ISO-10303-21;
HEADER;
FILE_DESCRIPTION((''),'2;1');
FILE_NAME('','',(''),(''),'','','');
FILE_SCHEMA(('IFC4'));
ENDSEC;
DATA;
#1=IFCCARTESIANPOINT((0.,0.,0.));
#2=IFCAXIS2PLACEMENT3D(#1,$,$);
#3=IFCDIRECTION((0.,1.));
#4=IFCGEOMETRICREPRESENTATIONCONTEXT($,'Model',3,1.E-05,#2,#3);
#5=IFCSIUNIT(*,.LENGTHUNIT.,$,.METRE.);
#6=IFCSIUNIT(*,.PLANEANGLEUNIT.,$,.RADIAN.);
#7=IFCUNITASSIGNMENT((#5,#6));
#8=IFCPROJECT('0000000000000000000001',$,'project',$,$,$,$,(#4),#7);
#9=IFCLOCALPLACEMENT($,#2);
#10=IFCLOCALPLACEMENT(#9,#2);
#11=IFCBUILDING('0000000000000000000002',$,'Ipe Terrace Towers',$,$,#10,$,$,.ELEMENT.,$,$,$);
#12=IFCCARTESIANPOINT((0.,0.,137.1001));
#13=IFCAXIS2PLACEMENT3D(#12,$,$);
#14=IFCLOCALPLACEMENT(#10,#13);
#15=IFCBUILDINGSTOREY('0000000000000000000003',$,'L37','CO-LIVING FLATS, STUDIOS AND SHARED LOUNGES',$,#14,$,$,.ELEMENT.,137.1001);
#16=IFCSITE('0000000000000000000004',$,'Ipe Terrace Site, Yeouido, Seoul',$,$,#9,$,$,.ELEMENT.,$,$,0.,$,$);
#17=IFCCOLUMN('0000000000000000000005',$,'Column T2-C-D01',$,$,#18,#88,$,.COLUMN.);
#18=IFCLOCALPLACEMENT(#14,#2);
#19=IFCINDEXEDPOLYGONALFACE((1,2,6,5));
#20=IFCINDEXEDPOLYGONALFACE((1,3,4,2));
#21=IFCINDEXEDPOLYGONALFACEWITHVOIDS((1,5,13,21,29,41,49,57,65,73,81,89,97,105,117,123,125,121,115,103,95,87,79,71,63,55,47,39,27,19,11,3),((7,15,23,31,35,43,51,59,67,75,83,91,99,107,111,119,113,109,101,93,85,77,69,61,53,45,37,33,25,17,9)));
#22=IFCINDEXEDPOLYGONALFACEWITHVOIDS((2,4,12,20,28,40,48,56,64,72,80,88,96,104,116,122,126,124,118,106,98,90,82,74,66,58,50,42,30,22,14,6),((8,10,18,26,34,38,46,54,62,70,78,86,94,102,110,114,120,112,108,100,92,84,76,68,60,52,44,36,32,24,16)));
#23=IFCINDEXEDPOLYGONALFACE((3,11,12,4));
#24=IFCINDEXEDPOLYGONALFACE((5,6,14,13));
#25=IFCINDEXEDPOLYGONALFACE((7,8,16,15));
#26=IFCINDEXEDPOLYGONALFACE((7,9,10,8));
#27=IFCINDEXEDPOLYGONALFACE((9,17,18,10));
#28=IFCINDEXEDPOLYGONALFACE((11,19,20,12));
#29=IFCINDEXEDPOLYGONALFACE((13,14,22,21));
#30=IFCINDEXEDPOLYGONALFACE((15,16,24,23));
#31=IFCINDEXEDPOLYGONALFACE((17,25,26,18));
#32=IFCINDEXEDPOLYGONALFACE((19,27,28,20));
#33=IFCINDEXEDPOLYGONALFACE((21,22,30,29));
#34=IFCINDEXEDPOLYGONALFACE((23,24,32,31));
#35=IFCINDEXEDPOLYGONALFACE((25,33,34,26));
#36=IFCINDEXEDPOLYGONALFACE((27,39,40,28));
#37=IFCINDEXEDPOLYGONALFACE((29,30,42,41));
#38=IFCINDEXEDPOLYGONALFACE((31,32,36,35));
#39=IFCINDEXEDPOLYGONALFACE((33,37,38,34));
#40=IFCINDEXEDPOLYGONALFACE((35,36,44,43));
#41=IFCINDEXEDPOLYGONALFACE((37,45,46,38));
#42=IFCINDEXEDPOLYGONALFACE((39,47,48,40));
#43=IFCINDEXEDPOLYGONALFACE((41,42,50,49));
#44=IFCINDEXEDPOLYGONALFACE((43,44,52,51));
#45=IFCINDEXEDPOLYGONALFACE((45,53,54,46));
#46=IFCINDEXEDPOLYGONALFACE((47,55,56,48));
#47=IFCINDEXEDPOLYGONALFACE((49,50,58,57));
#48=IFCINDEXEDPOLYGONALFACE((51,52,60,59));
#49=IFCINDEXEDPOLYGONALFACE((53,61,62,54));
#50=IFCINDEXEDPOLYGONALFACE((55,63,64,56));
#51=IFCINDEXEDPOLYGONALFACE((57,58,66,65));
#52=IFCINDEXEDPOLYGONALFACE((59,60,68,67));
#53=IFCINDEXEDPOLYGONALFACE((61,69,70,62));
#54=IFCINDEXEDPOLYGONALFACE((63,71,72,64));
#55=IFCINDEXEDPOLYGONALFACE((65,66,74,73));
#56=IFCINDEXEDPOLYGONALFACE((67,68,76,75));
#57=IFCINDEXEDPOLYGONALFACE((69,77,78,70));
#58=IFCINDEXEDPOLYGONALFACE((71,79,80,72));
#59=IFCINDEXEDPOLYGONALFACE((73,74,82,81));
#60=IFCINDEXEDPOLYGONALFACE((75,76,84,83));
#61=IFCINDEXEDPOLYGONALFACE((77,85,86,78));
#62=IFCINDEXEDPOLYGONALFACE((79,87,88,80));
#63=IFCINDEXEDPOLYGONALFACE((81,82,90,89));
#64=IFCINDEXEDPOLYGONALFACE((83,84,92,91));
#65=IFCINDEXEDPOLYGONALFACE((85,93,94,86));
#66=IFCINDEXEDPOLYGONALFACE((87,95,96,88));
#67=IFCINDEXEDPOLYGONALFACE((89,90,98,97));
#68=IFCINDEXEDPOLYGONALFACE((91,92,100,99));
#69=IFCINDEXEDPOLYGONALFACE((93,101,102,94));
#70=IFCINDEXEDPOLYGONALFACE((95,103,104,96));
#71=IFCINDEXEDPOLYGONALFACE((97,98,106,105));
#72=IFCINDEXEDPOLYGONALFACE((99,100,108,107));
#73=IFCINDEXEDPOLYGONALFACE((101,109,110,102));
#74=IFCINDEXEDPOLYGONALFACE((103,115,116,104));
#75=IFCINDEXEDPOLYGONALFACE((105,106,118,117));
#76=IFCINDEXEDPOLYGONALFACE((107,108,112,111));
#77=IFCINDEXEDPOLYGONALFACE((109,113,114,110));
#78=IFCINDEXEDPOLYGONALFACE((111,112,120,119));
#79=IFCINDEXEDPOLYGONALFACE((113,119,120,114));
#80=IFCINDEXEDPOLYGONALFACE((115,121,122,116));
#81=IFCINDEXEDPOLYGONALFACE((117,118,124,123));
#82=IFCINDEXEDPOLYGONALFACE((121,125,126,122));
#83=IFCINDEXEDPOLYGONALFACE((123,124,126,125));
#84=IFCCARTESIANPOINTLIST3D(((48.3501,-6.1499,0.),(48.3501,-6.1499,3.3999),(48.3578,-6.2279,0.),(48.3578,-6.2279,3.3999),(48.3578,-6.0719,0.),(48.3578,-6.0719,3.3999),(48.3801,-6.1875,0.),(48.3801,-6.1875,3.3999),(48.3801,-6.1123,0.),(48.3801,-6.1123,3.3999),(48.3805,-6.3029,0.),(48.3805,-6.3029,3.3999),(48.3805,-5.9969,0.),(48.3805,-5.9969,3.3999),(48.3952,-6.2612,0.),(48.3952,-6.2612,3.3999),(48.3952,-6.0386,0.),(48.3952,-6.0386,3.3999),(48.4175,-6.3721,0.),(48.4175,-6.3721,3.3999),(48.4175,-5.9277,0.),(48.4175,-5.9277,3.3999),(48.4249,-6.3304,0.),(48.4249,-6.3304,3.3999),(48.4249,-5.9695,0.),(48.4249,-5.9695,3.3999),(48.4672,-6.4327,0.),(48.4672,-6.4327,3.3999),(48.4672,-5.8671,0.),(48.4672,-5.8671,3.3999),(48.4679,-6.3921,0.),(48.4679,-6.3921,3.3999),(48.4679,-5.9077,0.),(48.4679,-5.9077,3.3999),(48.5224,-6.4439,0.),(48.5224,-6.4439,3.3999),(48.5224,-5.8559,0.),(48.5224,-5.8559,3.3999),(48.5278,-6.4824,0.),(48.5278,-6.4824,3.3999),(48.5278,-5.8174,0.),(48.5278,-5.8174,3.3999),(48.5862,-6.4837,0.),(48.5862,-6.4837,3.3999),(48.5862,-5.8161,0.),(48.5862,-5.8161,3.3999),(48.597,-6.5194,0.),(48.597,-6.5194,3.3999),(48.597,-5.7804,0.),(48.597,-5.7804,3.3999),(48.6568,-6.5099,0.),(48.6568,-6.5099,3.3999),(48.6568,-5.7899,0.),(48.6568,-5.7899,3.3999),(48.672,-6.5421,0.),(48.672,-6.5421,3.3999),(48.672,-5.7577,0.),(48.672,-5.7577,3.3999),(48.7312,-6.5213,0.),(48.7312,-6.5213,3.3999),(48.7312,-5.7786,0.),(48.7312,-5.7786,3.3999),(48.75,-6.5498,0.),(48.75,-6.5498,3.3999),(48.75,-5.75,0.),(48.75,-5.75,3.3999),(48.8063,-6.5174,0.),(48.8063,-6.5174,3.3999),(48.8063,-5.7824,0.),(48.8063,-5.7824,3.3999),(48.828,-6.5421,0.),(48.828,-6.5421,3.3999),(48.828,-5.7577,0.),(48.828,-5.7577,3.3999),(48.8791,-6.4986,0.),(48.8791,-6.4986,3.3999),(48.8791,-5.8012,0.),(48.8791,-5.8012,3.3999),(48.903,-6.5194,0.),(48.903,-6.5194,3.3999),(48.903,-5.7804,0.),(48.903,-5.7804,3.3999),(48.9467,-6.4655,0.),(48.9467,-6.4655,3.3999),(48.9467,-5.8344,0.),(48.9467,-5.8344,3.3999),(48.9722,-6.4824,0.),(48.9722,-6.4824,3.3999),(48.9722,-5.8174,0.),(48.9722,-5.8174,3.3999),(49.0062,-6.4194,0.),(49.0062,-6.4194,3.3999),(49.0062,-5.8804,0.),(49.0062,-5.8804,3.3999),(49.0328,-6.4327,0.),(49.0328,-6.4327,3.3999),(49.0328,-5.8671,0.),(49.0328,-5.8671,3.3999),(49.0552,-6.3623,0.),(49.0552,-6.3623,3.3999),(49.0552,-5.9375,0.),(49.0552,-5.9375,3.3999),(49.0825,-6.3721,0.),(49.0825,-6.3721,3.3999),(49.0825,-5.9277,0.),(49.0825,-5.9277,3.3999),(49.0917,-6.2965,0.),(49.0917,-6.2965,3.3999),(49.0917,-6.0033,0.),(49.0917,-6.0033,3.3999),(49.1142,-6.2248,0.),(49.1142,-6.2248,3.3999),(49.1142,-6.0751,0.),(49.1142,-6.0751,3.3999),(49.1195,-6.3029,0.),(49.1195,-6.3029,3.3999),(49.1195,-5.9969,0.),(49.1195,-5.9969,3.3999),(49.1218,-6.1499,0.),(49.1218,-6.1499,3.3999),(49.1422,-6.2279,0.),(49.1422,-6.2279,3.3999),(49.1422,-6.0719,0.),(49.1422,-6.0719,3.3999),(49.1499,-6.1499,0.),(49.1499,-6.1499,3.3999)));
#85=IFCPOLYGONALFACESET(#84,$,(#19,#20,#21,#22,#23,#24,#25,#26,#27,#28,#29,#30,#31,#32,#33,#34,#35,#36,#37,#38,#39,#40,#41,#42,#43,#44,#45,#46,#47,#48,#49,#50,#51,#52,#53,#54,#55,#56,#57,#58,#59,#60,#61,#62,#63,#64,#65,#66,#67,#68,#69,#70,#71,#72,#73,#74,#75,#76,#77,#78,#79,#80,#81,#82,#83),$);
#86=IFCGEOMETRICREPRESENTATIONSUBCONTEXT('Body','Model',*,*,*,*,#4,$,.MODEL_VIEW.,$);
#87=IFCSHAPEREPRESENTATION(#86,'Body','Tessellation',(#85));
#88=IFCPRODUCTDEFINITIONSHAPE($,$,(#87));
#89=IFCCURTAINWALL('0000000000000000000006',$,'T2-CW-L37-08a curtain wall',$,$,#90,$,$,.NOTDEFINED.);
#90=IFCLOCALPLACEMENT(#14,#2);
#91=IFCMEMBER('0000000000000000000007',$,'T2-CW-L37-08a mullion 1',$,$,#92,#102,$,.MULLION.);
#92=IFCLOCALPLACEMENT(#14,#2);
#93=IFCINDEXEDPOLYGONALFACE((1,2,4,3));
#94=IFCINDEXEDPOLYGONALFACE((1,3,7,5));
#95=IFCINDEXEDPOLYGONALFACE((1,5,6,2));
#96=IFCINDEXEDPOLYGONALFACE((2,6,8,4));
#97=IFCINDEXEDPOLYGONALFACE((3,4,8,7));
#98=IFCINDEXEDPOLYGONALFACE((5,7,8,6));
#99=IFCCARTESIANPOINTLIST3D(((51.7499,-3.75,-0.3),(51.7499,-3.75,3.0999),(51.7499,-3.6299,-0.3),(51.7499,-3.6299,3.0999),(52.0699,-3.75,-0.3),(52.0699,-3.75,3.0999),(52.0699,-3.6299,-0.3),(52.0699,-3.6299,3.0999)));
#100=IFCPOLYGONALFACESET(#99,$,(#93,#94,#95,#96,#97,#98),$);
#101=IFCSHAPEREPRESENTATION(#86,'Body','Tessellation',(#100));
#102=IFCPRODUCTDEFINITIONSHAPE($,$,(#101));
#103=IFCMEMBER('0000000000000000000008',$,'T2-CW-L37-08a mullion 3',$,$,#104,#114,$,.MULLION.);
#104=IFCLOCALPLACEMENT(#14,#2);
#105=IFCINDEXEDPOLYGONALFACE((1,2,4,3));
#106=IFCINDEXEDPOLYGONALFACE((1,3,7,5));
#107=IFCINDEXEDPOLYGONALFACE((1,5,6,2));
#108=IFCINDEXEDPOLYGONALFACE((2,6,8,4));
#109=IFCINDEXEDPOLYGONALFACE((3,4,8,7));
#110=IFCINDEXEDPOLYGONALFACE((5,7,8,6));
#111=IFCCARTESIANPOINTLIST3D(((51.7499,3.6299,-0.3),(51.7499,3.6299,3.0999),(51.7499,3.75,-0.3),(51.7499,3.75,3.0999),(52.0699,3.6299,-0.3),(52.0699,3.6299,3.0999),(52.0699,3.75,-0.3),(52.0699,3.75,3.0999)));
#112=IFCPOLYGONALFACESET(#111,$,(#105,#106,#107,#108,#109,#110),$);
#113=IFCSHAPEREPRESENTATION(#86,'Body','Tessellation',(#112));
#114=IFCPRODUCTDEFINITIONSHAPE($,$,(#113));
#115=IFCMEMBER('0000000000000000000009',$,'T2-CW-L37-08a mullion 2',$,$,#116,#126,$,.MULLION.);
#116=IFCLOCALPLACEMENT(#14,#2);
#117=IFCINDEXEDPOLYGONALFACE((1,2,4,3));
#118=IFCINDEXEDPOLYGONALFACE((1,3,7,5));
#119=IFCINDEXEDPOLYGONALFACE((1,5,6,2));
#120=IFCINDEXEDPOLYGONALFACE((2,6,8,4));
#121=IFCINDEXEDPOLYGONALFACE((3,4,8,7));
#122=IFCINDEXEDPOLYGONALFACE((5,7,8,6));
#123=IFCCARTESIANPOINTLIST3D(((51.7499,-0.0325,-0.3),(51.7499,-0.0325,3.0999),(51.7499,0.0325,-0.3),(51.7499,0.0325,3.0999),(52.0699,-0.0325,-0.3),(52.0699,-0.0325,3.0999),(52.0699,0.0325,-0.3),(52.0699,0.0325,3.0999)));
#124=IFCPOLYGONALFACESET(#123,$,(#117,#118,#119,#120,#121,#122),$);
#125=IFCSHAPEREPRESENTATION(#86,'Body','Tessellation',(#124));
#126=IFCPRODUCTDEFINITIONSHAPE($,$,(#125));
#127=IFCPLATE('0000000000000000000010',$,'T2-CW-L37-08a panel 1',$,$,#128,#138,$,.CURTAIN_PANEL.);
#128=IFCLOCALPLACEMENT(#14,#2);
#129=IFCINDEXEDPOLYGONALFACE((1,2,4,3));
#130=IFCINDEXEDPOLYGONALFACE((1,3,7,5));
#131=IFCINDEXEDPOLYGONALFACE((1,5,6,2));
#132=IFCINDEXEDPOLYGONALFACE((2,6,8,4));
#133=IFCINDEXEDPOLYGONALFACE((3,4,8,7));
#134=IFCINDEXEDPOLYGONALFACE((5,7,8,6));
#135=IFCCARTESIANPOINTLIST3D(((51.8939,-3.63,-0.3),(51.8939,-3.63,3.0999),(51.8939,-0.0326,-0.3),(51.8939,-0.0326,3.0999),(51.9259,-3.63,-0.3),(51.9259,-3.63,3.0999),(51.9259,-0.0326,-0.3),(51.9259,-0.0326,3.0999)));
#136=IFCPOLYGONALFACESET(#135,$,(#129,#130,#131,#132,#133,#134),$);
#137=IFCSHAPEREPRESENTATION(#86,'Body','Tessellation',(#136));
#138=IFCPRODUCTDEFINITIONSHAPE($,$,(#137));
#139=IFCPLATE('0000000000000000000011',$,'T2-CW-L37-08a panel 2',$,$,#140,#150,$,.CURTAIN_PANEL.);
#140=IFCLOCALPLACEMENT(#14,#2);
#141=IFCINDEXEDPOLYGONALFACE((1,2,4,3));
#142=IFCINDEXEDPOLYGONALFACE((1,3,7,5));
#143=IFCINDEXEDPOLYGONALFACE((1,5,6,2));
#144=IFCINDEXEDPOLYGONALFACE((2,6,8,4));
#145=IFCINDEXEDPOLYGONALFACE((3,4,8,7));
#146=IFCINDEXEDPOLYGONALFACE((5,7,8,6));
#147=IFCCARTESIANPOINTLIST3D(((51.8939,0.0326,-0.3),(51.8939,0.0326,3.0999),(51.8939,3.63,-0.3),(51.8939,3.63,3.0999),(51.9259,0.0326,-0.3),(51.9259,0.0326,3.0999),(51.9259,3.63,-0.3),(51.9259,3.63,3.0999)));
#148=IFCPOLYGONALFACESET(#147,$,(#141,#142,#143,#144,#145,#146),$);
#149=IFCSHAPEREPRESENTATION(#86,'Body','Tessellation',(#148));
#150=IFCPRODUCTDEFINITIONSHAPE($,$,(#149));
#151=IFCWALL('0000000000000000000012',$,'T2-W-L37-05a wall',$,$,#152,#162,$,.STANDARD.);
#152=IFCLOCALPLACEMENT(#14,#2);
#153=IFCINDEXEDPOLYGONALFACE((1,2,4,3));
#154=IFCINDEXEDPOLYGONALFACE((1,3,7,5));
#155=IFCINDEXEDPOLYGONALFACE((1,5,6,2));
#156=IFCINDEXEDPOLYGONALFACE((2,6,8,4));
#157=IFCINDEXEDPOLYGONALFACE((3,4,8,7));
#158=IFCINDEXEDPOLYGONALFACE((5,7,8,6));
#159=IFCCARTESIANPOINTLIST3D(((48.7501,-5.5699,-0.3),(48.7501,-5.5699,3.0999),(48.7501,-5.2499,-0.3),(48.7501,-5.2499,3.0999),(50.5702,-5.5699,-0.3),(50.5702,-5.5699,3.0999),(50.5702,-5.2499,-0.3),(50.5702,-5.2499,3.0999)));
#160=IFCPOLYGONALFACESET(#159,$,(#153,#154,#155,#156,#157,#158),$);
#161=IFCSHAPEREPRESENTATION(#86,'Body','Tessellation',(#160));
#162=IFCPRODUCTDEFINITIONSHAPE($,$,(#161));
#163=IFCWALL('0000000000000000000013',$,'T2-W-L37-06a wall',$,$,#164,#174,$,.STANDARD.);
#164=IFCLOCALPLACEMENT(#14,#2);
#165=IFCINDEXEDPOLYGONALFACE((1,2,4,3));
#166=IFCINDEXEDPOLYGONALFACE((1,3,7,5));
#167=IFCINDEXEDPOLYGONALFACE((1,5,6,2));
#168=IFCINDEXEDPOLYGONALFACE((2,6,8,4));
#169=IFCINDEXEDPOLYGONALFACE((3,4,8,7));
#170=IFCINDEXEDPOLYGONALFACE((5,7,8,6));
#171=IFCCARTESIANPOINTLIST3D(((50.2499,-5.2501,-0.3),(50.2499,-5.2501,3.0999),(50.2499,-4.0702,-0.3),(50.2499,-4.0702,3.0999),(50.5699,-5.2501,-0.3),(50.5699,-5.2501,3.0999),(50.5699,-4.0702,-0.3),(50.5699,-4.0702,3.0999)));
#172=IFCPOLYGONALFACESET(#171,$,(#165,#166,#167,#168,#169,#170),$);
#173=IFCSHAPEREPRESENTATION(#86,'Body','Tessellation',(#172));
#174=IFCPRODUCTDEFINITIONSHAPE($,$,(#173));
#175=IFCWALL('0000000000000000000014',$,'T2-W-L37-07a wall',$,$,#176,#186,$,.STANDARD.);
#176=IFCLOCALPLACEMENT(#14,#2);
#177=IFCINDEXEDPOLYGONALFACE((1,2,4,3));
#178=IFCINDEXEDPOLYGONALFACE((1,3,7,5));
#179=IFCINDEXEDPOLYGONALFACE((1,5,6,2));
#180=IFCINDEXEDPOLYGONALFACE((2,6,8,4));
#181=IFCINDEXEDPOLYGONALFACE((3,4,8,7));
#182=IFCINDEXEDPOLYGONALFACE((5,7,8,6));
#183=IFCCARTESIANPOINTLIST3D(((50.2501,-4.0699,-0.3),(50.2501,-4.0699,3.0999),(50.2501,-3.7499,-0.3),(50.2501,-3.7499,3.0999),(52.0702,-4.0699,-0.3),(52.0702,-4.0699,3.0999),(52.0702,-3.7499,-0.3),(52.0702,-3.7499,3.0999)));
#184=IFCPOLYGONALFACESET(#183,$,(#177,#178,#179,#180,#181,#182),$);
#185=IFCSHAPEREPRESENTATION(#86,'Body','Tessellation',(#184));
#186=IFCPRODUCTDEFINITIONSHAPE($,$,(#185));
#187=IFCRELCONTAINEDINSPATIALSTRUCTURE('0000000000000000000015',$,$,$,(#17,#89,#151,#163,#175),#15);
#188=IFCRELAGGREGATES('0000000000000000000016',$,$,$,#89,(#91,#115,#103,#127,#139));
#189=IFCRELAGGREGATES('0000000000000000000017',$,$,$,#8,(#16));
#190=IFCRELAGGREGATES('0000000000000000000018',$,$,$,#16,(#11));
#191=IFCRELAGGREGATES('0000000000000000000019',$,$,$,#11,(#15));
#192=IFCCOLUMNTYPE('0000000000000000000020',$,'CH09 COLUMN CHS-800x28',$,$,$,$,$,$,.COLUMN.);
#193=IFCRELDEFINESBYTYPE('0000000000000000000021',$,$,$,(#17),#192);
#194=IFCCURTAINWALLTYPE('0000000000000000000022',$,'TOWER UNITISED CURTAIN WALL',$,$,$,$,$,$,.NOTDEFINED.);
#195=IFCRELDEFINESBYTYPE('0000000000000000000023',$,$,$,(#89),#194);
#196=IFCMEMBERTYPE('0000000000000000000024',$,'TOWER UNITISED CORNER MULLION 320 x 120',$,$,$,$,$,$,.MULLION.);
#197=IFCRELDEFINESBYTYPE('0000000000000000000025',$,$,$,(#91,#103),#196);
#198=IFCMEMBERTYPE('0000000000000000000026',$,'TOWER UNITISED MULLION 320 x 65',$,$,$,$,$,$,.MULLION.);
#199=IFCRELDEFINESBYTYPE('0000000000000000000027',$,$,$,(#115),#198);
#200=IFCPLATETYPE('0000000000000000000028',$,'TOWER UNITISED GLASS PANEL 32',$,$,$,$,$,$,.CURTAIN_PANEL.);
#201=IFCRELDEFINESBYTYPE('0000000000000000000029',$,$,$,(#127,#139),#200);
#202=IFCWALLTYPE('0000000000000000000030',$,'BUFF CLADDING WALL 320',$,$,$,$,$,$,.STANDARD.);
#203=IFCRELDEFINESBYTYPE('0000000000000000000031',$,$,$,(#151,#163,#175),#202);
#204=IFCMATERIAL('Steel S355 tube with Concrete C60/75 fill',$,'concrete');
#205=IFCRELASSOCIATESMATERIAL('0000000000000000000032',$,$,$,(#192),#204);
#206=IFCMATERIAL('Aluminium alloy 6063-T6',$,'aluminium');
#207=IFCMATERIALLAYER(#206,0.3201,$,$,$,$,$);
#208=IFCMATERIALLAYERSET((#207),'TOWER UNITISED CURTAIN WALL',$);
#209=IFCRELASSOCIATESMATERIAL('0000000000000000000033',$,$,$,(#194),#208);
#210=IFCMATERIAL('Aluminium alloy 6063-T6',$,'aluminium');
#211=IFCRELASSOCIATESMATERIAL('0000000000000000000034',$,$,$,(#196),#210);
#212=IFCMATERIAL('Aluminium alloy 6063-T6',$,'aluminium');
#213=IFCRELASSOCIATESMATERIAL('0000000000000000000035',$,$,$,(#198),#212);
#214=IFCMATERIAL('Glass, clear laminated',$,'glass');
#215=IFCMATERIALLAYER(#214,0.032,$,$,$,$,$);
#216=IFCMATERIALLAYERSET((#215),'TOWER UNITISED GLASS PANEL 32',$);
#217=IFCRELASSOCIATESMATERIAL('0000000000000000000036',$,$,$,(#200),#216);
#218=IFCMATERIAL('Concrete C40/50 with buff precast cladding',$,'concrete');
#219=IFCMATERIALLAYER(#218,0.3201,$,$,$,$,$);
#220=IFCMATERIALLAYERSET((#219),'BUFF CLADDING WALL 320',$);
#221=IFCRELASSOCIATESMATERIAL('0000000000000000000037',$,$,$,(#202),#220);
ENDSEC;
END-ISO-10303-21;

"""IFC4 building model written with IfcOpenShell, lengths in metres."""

from ifc_helpers import new_model, si_unit, direction, frame, frame_2d, origin, origin_2d, place, context, subcontext, project, spatial, rectangle, hollow_circle, extrude, material, layer, layer_set, material_profile, profile_set, type_object, element, aggregate, save


model = new_model("IFC4")

# Units and contexts
model_context = context("Model", 3, precision=1e-05, world=origin(), true_north=direction((0.0, 1.0)))
body_context = subcontext(model_context, "Body", "Model", "MODEL_VIEW")
ifc_project = project(units=[si_unit("LENGTHUNIT", "METRE"), si_unit("PLANEANGLEUNIT", "RADIAN")], contexts=[model_context])

# Site, building, storey
site_placement = place(None, origin())
site = spatial("IfcSite", under=ifc_project, at=site_placement, Name="Ipe Terrace Site, Yeouido, Seoul", CompositionType="ELEMENT", RefElevation=0.0)
building_placement = place(site_placement, origin())
building = spatial("IfcBuilding", under=site, at=building_placement, Name="Ipe Terrace Towers", CompositionType="ELEMENT")
storey_placement = place(building_placement, frame((0.0, 0.0, 137.1001)))
storey = spatial("IfcBuildingStorey", under=building, at=storey_placement, Name="L37", Description="CO-LIVING FLATS, STUDIOS AND SHARED LOUNGES", CompositionType="ELEMENT", Elevation=137.1001)

# Column
ifc_material_1 = material(Name="Steel S355 tube with Concrete C60/75 fill", Category="concrete")
ifc_material_profile_1 = material_profile(ifc_material_1, hollow_circle(Radius=0.3999, WallThickness=0.0281, at=origin_2d()), Name="CHS-800x28")
ifc_profile_set_1 = profile_set([ifc_material_profile_1], Name="Steel S355 tube with Concrete C60/75 fill")
column_type = type_object("IfcColumnType", Name="CH09 COLUMN CHS-800x28", PredefinedType="COLUMN", material=ifc_profile_set_1)
column_placement = place(storey_placement, frame((48.75, -6.1499, 0.0), z_axis=(0.0, 0.0, 1.0), x_axis=(1.0, 0.0, 0.0)))
element("IfcColumn", 1, at=column_placement, inside=storey, type_object=column_type, Name="Column T2-C-D01", PredefinedType="COLUMN", context=body_context, shape_type="SweptSolid", body=[
    extrude(hollow_circle(Radius=0.3999, WallThickness=0.0281, at=origin_2d()), origin(), (0.0, 0.0, 1.0), 3.3999),
])

# Curtain wall, members, plates
ifc_material_2 = material(Name="Aluminium alloy 6063-T6", Category="aluminium")
ifc_layer_1 = layer(ifc_material_2, 0.3201)
ifc_layer_set_1 = layer_set([ifc_layer_1], Name="TOWER UNITISED CURTAIN WALL")
curtain_wall_type = type_object("IfcCurtainWallType", Name="TOWER UNITISED CURTAIN WALL", PredefinedType="NOTDEFINED", material=ifc_layer_set_1)
curtain_wall_placement = place(storey_placement, origin())
curtain_wall = element("IfcCurtainWall", 2, at=curtain_wall_placement, inside=storey, type_object=curtain_wall_type, Name="T2-CW-L37-08a curtain wall", PredefinedType="NOTDEFINED")
ifc_material_3 = material(Name="Aluminium alloy 6063-T6", Category="aluminium")
ifc_material_profile_2 = material_profile(ifc_material_3, rectangle(XDim=0.3201, YDim=0.1201, at=origin_2d()), Name="TOWER UNITISED CORNER MULLION 320 x 120")
ifc_profile_set_2 = profile_set([ifc_material_profile_2], Name="Aluminium alloy 6063-T6")
member_type_1 = type_object("IfcMemberType", Name="TOWER UNITISED CORNER MULLION 320 x 120", PredefinedType="MULLION", material=ifc_profile_set_2)
member_1_placement = place(storey_placement, frame((51.9099, -3.6899, -0.3), z_axis=(0.0, 0.0, 1.0), x_axis=(1.0, 0.0, 0.0)))
member_1 = element("IfcMember", 3, at=member_1_placement, type_object=member_type_1, Name="T2-CW-L37-08a mullion 1", PredefinedType="MULLION", context=body_context, shape_type="SweptSolid", body=[
    extrude(rectangle(XDim=0.3201, YDim=0.1201, at=origin_2d()), origin(), (0.0, 0.0, 1.0), 3.3999),
])
member_2_placement = place(storey_placement, frame((51.9099, 3.6899, -0.3), z_axis=(0.0, 0.0, 1.0), x_axis=(1.0, 0.0, 0.0)))
member_2 = element("IfcMember", 4, at=member_2_placement, type_object=member_type_1, Name="T2-CW-L37-08a mullion 3", PredefinedType="MULLION", context=body_context, shape_type="SweptSolid", body=[
    extrude(rectangle(XDim=0.3201, YDim=0.1201, at=origin_2d()), origin(), (0.0, 0.0, 1.0), 3.3999),
])
ifc_material_4 = material(Name="Aluminium alloy 6063-T6", Category="aluminium")
ifc_material_profile_3 = material_profile(ifc_material_4, rectangle(XDim=0.3201, YDim=0.0649, at=origin_2d()), Name="TOWER UNITISED MULLION 320 x 65")
ifc_profile_set_3 = profile_set([ifc_material_profile_3], Name="Aluminium alloy 6063-T6")
member_type_2 = type_object("IfcMemberType", Name="TOWER UNITISED MULLION 320 x 65", PredefinedType="MULLION", material=ifc_profile_set_3)
member_3_placement = place(storey_placement, frame((51.9099, 0.0, -0.3), z_axis=(0.0, 0.0, 1.0), x_axis=(1.0, 0.0, 0.0)))
member_3 = element("IfcMember", 5, at=member_3_placement, type_object=member_type_2, Name="T2-CW-L37-08a mullion 2", PredefinedType="MULLION", context=body_context, shape_type="SweptSolid", body=[
    extrude(rectangle(XDim=0.3201, YDim=0.0649, at=origin_2d()), origin(), (0.0, 0.0, 1.0), 3.3999),
])
ifc_material_5 = material(Name="Glass, clear laminated", Category="glass")
ifc_layer_2 = layer(ifc_material_5, 0.032)
ifc_layer_set_2 = layer_set([ifc_layer_2], Name="TOWER UNITISED GLASS PANEL 32")
plate_type = type_object("IfcPlateType", Name="TOWER UNITISED GLASS PANEL 32", PredefinedType="CURTAIN_PANEL", material=ifc_layer_set_2)
plate_1_placement = place(storey_placement, frame((51.9099, -1.8313, -0.3), z_axis=(0.0, 0.0, 1.0), x_axis=(0.0, 1.0, 0.0)))
plate_1 = element("IfcPlate", 6, at=plate_1_placement, type_object=plate_type, Name="T2-CW-L37-08a panel 1", PredefinedType="CURTAIN_PANEL", context=body_context, shape_type="SweptSolid", body=[
    extrude(rectangle(XDim=3.5974, YDim=0.032, at=origin_2d()), origin(), (0.0, 0.0, 1.0), 3.3999),
])
plate_2_placement = place(storey_placement, frame((51.9099, 1.8313, -0.3), z_axis=(0.0, 0.0, 1.0), x_axis=(0.0, 1.0, 0.0)))
plate_2 = element("IfcPlate", 7, at=plate_2_placement, type_object=plate_type, Name="T2-CW-L37-08a panel 2", PredefinedType="CURTAIN_PANEL", context=body_context, shape_type="SweptSolid", body=[
    extrude(rectangle(XDim=3.5974, YDim=0.032, at=origin_2d()), origin(), (0.0, 0.0, 1.0), 3.3999),
])
aggregate(curtain_wall, [member_1, member_3, member_2, plate_1, plate_2])

# Walls
ifc_material_6 = material(Name="Concrete C40/50 with buff precast cladding", Category="concrete")
ifc_layer_3 = layer(ifc_material_6, 0.3201)
ifc_layer_set_3 = layer_set([ifc_layer_3], Name="BUFF CLADDING WALL 320")
wall_type_1 = type_object("IfcWallType", Name="BUFF CLADDING WALL 320", PredefinedType="STANDARD", material=ifc_layer_set_3)
wall_1_placement = place(storey_placement, frame((48.75, -5.4099, -0.3), z_axis=(0.0, 0.0, 1.0), x_axis=(1.0, 0.0, 0.0)))
element("IfcWall", 8, at=wall_1_placement, inside=storey, type_object=wall_type_1, Name="T2-W-L37-05a wall", PredefinedType="STANDARD", context=body_context, shape_type="SweptSolid", body=[
    extrude(rectangle(XDim=1.8201, YDim=0.3201, at=frame_2d((0.9102, 0.0))), origin(), (0.0, 0.0, 1.0), 3.3999),
])
wall_2_placement = place(storey_placement, frame((50.4099, -5.25, -0.3), z_axis=(0.0, 0.0, 1.0), x_axis=(0.0, 1.0, 0.0)))
element("IfcWall", 9, at=wall_2_placement, inside=storey, type_object=wall_type_1, Name="T2-W-L37-06a wall", PredefinedType="STANDARD", context=body_context, shape_type="SweptSolid", body=[
    extrude(rectangle(XDim=1.1799, YDim=0.3201, at=frame_2d((0.5898, 0.0))), origin(), (0.0, 0.0, 1.0), 3.3999),
])
wall_3_placement = place(storey_placement, frame((50.25, -3.9099, -0.3), z_axis=(0.0, 0.0, 1.0), x_axis=(1.0, 0.0, 0.0)))
element("IfcWall", 10, at=wall_3_placement, inside=storey, type_object=wall_type_1, Name="T2-W-L37-07a wall", PredefinedType="STANDARD", context=body_context, shape_type="SweptSolid", body=[
    extrude(rectangle(XDim=1.8201, YDim=0.3201, at=frame_2d((0.9102, 0.0))), origin(), (0.0, 0.0, 1.0), 3.3999),
])

save(model, "model.ifc")
